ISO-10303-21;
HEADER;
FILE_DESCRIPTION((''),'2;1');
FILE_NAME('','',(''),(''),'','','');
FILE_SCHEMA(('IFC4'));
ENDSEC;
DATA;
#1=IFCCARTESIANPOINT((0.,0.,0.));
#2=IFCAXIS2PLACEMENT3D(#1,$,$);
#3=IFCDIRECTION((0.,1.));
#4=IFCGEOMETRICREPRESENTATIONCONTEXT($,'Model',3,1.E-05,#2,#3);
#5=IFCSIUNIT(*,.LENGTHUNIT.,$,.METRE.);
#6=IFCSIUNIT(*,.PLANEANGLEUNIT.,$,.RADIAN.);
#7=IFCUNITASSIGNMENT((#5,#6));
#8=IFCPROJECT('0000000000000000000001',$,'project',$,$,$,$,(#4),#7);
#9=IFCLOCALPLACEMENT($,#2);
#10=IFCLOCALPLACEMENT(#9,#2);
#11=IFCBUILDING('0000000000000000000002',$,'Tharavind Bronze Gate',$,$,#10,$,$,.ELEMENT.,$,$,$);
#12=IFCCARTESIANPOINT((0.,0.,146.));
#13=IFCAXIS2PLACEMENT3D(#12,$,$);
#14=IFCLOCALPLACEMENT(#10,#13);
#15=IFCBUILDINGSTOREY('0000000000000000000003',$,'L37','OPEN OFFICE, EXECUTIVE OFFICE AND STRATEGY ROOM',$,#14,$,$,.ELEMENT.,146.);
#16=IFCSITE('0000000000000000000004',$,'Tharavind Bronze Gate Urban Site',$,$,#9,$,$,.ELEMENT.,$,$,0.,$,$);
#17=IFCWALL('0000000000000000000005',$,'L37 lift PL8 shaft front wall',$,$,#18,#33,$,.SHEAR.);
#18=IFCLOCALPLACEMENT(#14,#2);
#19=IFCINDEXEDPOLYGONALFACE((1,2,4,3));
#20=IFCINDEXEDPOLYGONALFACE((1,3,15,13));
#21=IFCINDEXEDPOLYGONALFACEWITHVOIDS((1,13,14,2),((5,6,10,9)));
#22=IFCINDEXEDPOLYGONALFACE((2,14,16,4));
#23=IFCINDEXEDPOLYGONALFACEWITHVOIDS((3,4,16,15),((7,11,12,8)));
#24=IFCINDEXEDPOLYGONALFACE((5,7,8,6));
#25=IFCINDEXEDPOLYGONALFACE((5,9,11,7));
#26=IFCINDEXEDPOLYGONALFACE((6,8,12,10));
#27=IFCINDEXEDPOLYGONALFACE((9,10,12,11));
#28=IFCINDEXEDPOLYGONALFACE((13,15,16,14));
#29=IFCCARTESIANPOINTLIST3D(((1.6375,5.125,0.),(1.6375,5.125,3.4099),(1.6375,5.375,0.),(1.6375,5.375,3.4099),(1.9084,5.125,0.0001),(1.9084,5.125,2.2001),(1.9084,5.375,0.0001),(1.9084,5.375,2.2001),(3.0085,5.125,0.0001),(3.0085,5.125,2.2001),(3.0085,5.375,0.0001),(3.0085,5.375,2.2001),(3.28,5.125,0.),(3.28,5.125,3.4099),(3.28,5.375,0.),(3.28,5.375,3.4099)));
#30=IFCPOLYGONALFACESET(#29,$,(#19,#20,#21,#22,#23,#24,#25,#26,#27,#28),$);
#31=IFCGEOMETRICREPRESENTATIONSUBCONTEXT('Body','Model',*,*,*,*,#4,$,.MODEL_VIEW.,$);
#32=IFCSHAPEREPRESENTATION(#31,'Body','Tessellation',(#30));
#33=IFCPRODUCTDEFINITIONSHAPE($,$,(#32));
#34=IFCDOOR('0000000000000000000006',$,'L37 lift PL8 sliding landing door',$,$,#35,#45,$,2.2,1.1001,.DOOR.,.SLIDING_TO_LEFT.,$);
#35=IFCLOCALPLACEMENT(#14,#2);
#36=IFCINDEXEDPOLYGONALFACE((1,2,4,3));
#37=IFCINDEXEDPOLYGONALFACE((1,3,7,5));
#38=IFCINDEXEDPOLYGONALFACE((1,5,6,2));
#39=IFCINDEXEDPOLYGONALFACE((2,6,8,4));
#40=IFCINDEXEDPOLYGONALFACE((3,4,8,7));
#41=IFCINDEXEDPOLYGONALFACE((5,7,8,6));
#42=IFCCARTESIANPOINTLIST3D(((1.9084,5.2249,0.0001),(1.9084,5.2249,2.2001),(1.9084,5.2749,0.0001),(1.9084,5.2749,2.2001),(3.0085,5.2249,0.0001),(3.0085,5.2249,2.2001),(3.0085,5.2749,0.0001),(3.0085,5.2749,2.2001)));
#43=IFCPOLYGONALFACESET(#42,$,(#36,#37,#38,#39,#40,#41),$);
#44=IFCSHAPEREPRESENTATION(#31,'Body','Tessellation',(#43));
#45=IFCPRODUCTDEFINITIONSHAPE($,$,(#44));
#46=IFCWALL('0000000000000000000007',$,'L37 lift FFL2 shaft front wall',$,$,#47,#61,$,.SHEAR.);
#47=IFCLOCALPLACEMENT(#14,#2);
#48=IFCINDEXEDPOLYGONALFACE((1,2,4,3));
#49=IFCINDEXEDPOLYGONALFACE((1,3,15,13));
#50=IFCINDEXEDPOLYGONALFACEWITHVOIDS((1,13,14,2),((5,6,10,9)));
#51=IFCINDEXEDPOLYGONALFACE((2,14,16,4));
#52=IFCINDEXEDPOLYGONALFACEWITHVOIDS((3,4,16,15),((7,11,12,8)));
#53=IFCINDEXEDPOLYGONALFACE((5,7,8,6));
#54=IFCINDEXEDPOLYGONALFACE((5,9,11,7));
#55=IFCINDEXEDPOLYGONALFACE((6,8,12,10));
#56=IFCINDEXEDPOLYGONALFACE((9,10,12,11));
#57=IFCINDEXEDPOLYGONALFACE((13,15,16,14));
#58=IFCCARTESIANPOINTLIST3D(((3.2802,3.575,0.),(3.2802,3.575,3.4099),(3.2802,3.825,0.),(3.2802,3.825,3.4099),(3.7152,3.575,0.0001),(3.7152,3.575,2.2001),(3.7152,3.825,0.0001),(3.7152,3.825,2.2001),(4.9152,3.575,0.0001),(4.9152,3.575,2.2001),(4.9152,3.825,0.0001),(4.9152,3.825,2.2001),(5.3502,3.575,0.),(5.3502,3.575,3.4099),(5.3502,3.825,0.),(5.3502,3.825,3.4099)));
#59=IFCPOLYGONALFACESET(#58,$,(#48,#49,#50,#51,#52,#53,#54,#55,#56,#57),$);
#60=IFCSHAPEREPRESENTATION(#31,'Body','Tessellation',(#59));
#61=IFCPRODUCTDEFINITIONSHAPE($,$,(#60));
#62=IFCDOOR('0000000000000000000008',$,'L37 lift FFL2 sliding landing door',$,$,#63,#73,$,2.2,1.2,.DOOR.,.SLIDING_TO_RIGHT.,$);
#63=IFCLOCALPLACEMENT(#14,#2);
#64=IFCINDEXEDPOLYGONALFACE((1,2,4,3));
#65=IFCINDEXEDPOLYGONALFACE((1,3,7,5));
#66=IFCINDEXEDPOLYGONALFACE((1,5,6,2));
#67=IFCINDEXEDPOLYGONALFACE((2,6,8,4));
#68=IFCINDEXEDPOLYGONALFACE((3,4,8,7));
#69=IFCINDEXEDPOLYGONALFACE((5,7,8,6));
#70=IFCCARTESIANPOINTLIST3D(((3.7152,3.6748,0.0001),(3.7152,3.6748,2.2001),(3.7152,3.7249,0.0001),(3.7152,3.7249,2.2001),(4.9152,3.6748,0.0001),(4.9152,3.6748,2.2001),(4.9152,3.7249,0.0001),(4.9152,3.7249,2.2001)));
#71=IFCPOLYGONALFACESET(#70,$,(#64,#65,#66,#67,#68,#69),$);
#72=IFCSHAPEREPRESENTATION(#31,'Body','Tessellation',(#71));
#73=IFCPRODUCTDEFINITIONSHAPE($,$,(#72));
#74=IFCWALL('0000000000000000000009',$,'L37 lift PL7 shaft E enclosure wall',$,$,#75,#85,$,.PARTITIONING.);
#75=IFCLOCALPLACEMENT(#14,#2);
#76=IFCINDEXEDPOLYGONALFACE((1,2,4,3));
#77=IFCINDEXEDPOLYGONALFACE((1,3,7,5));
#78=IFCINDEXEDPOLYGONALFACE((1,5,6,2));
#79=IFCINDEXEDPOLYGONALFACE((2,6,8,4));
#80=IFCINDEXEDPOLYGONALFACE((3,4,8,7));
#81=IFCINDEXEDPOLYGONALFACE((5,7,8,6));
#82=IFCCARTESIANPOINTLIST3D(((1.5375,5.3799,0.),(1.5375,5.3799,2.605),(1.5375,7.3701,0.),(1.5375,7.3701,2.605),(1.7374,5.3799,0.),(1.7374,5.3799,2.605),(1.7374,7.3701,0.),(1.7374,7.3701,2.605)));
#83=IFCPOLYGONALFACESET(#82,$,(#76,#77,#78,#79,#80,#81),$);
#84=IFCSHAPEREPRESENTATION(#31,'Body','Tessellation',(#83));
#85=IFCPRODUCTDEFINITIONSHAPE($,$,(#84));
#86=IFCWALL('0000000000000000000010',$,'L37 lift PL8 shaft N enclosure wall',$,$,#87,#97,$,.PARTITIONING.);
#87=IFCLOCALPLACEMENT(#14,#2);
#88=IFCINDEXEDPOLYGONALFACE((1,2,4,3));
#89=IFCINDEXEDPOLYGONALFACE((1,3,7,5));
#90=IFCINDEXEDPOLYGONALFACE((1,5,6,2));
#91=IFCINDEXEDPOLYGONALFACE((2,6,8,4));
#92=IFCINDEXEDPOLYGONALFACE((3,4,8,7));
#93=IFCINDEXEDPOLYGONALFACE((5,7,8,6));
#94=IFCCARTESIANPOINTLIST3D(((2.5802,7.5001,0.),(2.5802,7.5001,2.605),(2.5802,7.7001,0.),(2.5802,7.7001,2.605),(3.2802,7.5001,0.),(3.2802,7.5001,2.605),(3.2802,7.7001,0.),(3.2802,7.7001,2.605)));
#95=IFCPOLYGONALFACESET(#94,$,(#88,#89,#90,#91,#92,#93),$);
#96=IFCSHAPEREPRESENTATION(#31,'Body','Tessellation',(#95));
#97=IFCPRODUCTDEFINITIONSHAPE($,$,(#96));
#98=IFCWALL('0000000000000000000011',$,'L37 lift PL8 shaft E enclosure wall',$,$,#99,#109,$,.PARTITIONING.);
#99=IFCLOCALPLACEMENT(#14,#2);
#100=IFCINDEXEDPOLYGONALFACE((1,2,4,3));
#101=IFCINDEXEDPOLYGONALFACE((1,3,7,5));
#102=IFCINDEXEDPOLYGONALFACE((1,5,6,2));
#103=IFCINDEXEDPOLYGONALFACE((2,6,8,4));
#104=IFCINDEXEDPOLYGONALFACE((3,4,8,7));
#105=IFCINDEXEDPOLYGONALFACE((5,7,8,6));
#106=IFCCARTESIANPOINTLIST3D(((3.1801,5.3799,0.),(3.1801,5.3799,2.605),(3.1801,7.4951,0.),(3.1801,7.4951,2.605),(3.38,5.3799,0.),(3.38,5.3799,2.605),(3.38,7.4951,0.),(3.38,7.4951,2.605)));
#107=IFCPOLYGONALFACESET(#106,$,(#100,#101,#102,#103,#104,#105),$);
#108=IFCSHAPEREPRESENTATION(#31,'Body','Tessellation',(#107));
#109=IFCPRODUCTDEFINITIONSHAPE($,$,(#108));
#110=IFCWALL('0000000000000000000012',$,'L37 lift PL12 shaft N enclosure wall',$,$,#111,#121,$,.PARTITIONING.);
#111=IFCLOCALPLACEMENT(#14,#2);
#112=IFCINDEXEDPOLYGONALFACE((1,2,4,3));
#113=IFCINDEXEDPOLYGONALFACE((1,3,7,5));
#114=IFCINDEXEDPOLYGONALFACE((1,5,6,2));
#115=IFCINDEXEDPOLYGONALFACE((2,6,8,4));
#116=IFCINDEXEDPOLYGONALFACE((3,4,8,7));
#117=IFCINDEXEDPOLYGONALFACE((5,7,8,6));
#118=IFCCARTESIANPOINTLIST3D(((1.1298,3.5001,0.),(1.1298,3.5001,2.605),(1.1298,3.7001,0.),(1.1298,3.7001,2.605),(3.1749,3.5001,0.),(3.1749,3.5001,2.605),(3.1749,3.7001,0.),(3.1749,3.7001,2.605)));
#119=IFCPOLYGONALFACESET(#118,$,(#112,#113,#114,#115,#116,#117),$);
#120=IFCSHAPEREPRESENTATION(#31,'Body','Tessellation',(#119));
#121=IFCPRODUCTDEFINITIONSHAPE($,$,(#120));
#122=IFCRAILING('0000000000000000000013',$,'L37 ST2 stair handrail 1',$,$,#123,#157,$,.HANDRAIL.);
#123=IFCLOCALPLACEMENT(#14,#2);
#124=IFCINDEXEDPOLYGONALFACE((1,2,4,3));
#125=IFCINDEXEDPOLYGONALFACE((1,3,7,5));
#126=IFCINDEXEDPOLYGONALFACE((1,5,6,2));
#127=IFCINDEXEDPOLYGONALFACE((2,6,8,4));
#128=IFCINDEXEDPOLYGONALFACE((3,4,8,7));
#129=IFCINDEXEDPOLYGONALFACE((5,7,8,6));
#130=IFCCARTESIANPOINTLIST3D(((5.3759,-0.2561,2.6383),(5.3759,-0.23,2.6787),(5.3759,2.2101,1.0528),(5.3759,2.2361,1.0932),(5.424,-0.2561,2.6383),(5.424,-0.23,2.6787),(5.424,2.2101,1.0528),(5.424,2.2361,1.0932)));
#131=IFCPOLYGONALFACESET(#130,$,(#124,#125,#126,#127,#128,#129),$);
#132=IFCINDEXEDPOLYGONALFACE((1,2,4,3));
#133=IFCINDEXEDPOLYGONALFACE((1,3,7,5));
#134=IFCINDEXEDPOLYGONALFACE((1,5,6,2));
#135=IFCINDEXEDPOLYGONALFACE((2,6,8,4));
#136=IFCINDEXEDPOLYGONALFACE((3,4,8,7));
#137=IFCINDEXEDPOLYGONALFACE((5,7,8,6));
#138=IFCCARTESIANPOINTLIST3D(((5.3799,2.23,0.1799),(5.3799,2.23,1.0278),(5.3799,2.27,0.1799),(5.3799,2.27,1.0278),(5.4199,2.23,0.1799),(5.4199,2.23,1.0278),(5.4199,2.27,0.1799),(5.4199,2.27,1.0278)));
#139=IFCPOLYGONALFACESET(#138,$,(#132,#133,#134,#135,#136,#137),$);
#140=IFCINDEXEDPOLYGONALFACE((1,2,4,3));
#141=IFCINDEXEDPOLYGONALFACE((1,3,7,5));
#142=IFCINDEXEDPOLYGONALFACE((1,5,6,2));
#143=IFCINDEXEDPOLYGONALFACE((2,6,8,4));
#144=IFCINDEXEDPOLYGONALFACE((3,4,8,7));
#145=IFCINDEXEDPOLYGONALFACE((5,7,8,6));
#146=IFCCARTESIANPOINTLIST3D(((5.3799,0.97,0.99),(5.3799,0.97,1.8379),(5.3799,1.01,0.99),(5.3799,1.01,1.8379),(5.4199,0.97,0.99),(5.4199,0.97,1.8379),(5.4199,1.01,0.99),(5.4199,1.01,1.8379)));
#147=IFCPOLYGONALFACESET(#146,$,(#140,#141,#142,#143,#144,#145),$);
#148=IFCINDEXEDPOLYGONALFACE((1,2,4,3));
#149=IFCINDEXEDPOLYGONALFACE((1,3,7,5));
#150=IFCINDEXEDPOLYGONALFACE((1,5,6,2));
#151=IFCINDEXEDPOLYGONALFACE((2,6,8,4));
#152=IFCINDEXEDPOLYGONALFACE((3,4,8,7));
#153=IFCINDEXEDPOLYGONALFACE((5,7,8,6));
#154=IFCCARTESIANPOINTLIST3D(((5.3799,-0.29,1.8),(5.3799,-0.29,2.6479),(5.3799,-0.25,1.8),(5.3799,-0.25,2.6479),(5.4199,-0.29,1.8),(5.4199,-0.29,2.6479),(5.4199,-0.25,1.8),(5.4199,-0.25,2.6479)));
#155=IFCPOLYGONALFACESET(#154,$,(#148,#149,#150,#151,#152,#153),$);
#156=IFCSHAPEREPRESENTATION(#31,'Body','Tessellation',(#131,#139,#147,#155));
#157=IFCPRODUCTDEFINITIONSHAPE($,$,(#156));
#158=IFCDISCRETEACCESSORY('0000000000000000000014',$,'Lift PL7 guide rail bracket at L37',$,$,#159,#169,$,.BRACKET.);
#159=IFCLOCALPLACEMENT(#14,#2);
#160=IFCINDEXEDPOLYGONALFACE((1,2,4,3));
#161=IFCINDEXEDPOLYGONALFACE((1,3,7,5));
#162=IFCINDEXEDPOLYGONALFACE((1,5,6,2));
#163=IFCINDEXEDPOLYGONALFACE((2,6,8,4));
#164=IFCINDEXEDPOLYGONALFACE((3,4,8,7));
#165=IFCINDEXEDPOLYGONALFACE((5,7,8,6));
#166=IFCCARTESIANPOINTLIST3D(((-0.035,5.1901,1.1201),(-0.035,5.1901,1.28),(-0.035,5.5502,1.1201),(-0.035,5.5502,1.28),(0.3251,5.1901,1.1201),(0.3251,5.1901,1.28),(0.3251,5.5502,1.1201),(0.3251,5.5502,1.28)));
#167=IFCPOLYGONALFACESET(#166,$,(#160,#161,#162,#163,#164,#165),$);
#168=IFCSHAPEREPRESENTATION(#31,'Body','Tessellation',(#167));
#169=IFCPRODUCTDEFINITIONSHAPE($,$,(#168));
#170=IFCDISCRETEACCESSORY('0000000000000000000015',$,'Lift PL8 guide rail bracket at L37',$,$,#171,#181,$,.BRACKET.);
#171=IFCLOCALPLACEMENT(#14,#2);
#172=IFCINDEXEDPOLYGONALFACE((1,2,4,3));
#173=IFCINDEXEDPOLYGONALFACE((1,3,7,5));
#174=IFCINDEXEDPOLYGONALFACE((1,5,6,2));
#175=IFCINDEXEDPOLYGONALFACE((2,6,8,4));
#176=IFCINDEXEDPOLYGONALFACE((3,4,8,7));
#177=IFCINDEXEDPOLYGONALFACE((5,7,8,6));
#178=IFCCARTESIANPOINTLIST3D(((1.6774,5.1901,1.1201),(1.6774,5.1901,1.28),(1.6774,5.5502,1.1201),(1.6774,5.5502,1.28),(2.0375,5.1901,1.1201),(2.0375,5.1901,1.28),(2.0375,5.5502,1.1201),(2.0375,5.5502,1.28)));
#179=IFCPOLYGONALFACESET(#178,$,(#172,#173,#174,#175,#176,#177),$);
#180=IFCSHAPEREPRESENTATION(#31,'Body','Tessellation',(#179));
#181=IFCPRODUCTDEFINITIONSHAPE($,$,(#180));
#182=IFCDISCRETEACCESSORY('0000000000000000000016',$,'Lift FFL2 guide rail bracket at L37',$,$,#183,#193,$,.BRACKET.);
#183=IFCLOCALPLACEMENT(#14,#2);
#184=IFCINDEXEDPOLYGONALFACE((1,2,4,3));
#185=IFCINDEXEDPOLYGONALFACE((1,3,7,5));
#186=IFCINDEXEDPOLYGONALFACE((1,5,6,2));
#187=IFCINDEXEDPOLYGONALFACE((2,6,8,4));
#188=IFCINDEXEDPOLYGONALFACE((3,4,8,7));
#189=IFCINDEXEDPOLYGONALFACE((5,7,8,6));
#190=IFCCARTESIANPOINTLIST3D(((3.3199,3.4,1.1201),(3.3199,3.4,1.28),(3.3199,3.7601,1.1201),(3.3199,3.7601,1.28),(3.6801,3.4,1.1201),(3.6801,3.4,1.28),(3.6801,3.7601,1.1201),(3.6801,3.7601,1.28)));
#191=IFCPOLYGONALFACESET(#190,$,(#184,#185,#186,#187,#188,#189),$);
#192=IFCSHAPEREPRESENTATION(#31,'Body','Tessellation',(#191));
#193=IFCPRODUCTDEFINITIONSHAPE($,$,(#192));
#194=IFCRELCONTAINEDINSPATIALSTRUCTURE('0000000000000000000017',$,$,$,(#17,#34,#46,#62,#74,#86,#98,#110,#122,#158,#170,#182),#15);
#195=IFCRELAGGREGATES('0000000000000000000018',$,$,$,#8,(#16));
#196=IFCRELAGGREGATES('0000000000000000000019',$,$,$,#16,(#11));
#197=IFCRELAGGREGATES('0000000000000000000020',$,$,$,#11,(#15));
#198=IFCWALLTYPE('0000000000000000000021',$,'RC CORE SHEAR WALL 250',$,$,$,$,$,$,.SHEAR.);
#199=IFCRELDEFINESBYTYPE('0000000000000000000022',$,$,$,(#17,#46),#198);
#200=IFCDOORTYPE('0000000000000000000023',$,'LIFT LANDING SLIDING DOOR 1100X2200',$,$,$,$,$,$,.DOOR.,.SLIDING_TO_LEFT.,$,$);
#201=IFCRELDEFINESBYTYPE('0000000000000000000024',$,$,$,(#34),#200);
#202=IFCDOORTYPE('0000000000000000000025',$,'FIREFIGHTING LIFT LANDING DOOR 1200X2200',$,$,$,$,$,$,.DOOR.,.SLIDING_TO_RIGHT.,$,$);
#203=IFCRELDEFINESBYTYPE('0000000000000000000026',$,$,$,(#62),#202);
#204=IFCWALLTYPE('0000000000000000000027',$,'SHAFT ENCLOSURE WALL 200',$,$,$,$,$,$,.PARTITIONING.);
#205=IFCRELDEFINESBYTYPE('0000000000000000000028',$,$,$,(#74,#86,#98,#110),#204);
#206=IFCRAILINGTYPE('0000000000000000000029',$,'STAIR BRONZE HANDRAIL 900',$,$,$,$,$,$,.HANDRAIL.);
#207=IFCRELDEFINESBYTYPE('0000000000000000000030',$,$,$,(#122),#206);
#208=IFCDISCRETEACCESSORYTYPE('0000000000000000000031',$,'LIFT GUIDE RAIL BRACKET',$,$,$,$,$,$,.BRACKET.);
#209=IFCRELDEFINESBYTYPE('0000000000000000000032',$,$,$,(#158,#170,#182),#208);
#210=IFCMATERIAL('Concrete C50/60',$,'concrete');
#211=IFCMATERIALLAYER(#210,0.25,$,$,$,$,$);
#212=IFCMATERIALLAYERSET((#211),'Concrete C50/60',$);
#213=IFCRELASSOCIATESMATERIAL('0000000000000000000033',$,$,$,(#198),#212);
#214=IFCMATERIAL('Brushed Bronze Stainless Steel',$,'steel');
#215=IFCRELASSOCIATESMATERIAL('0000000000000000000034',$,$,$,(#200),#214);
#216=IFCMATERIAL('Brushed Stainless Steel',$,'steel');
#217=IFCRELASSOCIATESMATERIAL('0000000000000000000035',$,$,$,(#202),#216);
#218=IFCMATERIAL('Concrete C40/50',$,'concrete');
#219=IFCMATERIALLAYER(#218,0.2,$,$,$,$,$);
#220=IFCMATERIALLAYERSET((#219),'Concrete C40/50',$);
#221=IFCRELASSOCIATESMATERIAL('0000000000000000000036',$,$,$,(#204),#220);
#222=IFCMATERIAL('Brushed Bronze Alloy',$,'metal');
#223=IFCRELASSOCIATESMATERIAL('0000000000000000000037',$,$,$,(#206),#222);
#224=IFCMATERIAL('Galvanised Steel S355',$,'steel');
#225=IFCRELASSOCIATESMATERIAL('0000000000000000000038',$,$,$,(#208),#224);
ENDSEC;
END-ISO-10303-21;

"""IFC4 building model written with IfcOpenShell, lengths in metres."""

from ifc_helpers import new_model, si_unit, direction, frame, frame_2d, origin, origin_2d, place, context, subcontext, project, spatial, rectangle, extrude, material, layer, layer_set, type_object, element, fill, save


model = new_model("IFC4")

# Units and contexts
model_context = context("Model", 3, precision=1e-05, world=origin(), true_north=direction((0.0, 1.0)))
body_context = subcontext(model_context, "Body", "Model", "MODEL_VIEW")
ifc_project = project(units=[si_unit("LENGTHUNIT", "METRE"), si_unit("PLANEANGLEUNIT", "RADIAN")], contexts=[model_context])

# Site, building, storey
site_placement = place(None, origin())
site = spatial("IfcSite", under=ifc_project, at=site_placement, Name="Tharavind Bronze Gate Urban Site", CompositionType="ELEMENT", RefElevation=0.0)
building_placement = place(site_placement, origin())
building = spatial("IfcBuilding", under=site, at=building_placement, Name="Tharavind Bronze Gate", CompositionType="ELEMENT")
storey_placement = place(building_placement, frame((0.0, 0.0, 146.0)))
storey = spatial("IfcBuildingStorey", under=building, at=storey_placement, Name="L37", Description="OPEN OFFICE, EXECUTIVE OFFICE AND STRATEGY ROOM", CompositionType="ELEMENT", Elevation=146.0)

# Walls, openings, doors
ifc_material_1 = material(Name="Concrete C50/60", Category="concrete")
ifc_layer_1 = layer(ifc_material_1, 0.25)
ifc_layer_set_1 = layer_set([ifc_layer_1], Name="Concrete C50/60")
wall_type_1 = type_object("IfcWallType", Name="RC CORE SHEAR WALL 250", PredefinedType="SHEAR", material=ifc_layer_set_1)
wall_1_placement = place(storey_placement, frame((1.6375, 5.25, 0.0), z_axis=(0.0, 0.0, 1.0), x_axis=(1.0, 0.0, 0.0)))
wall_1 = element("IfcWall", 1, at=wall_1_placement, inside=storey, type_object=wall_type_1, Name="L37 lift PL8 shaft front wall", PredefinedType="SHEAR", context=body_context, shape_type="SweptSolid", body=[
    extrude(rectangle(XDim=1.6426, YDim=0.25, at=frame_2d((0.8213, 0.0))), origin(), (0.0, 0.0, 1.0), 3.4099),
])
opening_1_placement = place(wall_1_placement, frame((0.271, 0.0, 0.0)))
opening_1 = element("IfcOpeningElement", 2, at=opening_1_placement, cuts=wall_1, PredefinedType="OPENING", context=body_context, shape_type="SweptSolid", body=[
    extrude(rectangle(XDim=1.1001, YDim=2.2, at=frame_2d((0.55, 1.1001))), frame((0.0, 0.135, 0.0), z_axis=(0.0, -1.0, 0.0), x_axis=(1.0, 0.0, 0.0)), (0.0, 0.0, 1.0), 0.27),
])
ifc_material_2 = material(Name="Brushed Bronze Stainless Steel", Category="steel")
door_type_1 = type_object("IfcDoorType", Name="LIFT LANDING SLIDING DOOR 1100X2200", OperationType="SLIDING_TO_LEFT", PredefinedType="DOOR", material=ifc_material_2)
door_1_placement = place(opening_1_placement, origin())
door_1 = element("IfcDoor", 3, at=door_1_placement, inside=storey, type_object=door_type_1, Name="L37 lift PL8 sliding landing door", OperationType="SLIDING_TO_LEFT", OverallHeight=2.2, OverallWidth=1.1001, PredefinedType="DOOR", context=body_context, shape_type="SweptSolid", body=[
    extrude(rectangle(XDim=1.1001, YDim=2.2, at=frame_2d((0.55, 1.1001))), frame((0.0, 0.0249, 0.0), z_axis=(0.0, -1.0, 0.0), x_axis=(1.0, 0.0, 0.0)), (0.0, 0.0, 1.0), 0.05),
])
fill(opening_1, door_1)
wall_2_placement = place(storey_placement, frame((3.28, 3.7, 0.0), z_axis=(0.0, 0.0, 1.0), x_axis=(1.0, 0.0, 0.0)))
wall_2 = element("IfcWall", 4, at=wall_2_placement, inside=storey, type_object=wall_type_1, Name="L37 lift FFL2 shaft front wall", PredefinedType="SHEAR", context=body_context, shape_type="SweptSolid", body=[
    extrude(rectangle(XDim=2.0701, YDim=0.25, at=frame_2d((1.0352, 0.0))), origin(), (0.0, 0.0, 1.0), 3.4099),
])
opening_2_placement = place(wall_2_placement, frame((0.4351, 0.0, 0.0)))
opening_2 = element("IfcOpeningElement", 5, at=opening_2_placement, cuts=wall_2, PredefinedType="OPENING", context=body_context, shape_type="SweptSolid", body=[
    extrude(rectangle(XDim=1.2, YDim=2.2, at=frame_2d((0.6001, 1.1001))), frame((0.0, 0.135, 0.0), z_axis=(0.0, -1.0, 0.0), x_axis=(1.0, 0.0, 0.0)), (0.0, 0.0, 1.0), 0.27),
])
ifc_material_3 = material(Name="Brushed Stainless Steel", Category="steel")
door_type_2 = type_object("IfcDoorType", Name="FIREFIGHTING LIFT LANDING DOOR 1200X2200", OperationType="SLIDING_TO_RIGHT", PredefinedType="DOOR", material=ifc_material_3)
door_2_placement = place(opening_2_placement, origin())
door_2 = element("IfcDoor", 6, at=door_2_placement, inside=storey, type_object=door_type_2, Name="L37 lift FFL2 sliding landing door", OperationType="SLIDING_TO_RIGHT", OverallHeight=2.2, OverallWidth=1.2, PredefinedType="DOOR", context=body_context, shape_type="SweptSolid", body=[
    extrude(rectangle(XDim=1.2, YDim=2.2, at=frame_2d((0.6001, 1.1001))), frame((0.0, 0.0249, 0.0), z_axis=(0.0, -1.0, 0.0), x_axis=(1.0, 0.0, 0.0)), (0.0, 0.0, 1.0), 0.05),
])
fill(opening_2, door_2)

# Walls
ifc_material_4 = material(Name="Concrete C40/50", Category="concrete")
ifc_layer_2 = layer(ifc_material_4, 0.2)
ifc_layer_set_2 = layer_set([ifc_layer_2], Name="Concrete C40/50")
wall_type_2 = type_object("IfcWallType", Name="SHAFT ENCLOSURE WALL 200", PredefinedType="PARTITIONING", material=ifc_layer_set_2)
wall_3_placement = place(storey_placement, frame((1.6375, 5.3799, 0.0), z_axis=(0.0, 0.0, 1.0), x_axis=(0.0, 1.0, 0.0)))
element("IfcWall", 7, at=wall_3_placement, inside=storey, type_object=wall_type_2, Name="L37 lift PL7 shaft E enclosure wall", PredefinedType="PARTITIONING", context=body_context, shape_type="SweptSolid", body=[
    extrude(rectangle(XDim=1.9902, YDim=0.2, at=frame_2d((0.9951, 0.0))), origin(), (0.0, 0.0, 1.0), 2.605),
])
wall_4_placement = place(storey_placement, frame((2.5801, 7.6001, 0.0), z_axis=(0.0, 0.0, 1.0), x_axis=(1.0, 0.0, 0.0)))
element("IfcWall", 8, at=wall_4_placement, inside=storey, type_object=wall_type_2, Name="L37 lift PL8 shaft N enclosure wall", PredefinedType="PARTITIONING", context=body_context, shape_type="SweptSolid", body=[
    extrude(rectangle(XDim=0.7, YDim=0.2, at=frame_2d((0.3501, 0.0))), origin(), (0.0, 0.0, 1.0), 2.605),
])
wall_5_placement = place(storey_placement, frame((3.28, 5.3799, 0.0), z_axis=(0.0, 0.0, 1.0), x_axis=(0.0, 1.0, 0.0)))
element("IfcWall", 9, at=wall_5_placement, inside=storey, type_object=wall_type_2, Name="L37 lift PL8 shaft E enclosure wall", PredefinedType="PARTITIONING", context=body_context, shape_type="SweptSolid", body=[
    extrude(rectangle(XDim=2.1152, YDim=0.2, at=frame_2d((1.0576, 0.0))), origin(), (0.0, 0.0, 1.0), 2.605),
])
wall_6_placement = place(storey_placement, frame((1.1299, 3.6001, 0.0), z_axis=(0.0, 0.0, 1.0), x_axis=(1.0, 0.0, 0.0)))
element("IfcWall", 10, at=wall_6_placement, inside=storey, type_object=wall_type_2, Name="L37 lift PL12 shaft N enclosure wall", PredefinedType="PARTITIONING", context=body_context, shape_type="SweptSolid", body=[
    extrude(rectangle(XDim=2.0452, YDim=0.2, at=frame_2d((1.0225, 0.0))), origin(), (0.0, 0.0, 1.0), 2.605),
])

# Railing
ifc_material_5 = material(Name="Brushed Bronze Alloy", Category="metal")
railing_type = type_object("IfcRailingType", Name="STAIR BRONZE HANDRAIL 900", PredefinedType="HANDRAIL", material=ifc_material_5)
railing_placement = place(storey_placement, frame((5.3999, 2.25, 0.1799)))
element("IfcRailing", 11, at=railing_placement, inside=storey, type_object=railing_type, Name="L37 ST2 stair handrail 1", PredefinedType="HANDRAIL", context=body_context, shape_type="SweptSolid", body=[
    extrude(rectangle(XDim=0.0481, YDim=0.0481, at=origin_2d()), frame((0.0, -0.0269, 0.8931), z_axis=(0.0, -0.841163, 0.540782), x_axis=(1.0, 0.0, 0.0)), (0.0, 0.0, 1.0), 2.9319),
    extrude(rectangle(XDim=0.04, YDim=0.04, at=origin_2d()), origin(), (0.0, 0.0, 1.0), 0.8479),
    extrude(rectangle(XDim=0.04, YDim=0.04, at=origin_2d()), frame((0.0, -1.26, 0.8101)), (0.0, 0.0, 1.0), 0.8479),
    extrude(rectangle(XDim=0.04, YDim=0.04, at=origin_2d()), frame((0.0, -2.52, 1.6201)), (0.0, 0.0, 1.0), 0.8479),
])

# Discrete accessories
ifc_material_6 = material(Name="Galvanised Steel S355", Category="steel")
discrete_accessory_type_1 = type_object("IfcDiscreteAccessoryType", Name="LIFT GUIDE RAIL BRACKET", PredefinedType="BRACKET", material=ifc_material_6)
for number, where, z_axis, x_axis, name in (
    (12, (0.145, 5.3701, 1.1201), (0.0, 0.0, 1.0), (1.0, 0.0, 0.0), "Lift PL7 guide rail bracket at L37"),
    (13, (1.8574, 5.3701, 1.1201), (0.0, 0.0, 1.0), (1.0, 0.0, 0.0), "Lift PL8 guide rail bracket at L37"),
    (14, (3.5, 3.5801, 1.1201), (0.0, 0.0, 1.0), (1.0, 0.0, 0.0), "Lift FFL2 guide rail bracket at L37"),
):
    element("IfcDiscreteAccessory", number, at=place(storey_placement, frame(where, z_axis=z_axis, x_axis=x_axis)), inside=storey, type_object=discrete_accessory_type_1, Name=name, PredefinedType="BRACKET", context=body_context, shape_type="SweptSolid", body=[
        extrude(rectangle(XDim=0.3601, YDim=0.3601, at=origin_2d()), origin(), (0.0, 0.0, 1.0), 0.1599),
    ])

save(model, "model.ifc")
